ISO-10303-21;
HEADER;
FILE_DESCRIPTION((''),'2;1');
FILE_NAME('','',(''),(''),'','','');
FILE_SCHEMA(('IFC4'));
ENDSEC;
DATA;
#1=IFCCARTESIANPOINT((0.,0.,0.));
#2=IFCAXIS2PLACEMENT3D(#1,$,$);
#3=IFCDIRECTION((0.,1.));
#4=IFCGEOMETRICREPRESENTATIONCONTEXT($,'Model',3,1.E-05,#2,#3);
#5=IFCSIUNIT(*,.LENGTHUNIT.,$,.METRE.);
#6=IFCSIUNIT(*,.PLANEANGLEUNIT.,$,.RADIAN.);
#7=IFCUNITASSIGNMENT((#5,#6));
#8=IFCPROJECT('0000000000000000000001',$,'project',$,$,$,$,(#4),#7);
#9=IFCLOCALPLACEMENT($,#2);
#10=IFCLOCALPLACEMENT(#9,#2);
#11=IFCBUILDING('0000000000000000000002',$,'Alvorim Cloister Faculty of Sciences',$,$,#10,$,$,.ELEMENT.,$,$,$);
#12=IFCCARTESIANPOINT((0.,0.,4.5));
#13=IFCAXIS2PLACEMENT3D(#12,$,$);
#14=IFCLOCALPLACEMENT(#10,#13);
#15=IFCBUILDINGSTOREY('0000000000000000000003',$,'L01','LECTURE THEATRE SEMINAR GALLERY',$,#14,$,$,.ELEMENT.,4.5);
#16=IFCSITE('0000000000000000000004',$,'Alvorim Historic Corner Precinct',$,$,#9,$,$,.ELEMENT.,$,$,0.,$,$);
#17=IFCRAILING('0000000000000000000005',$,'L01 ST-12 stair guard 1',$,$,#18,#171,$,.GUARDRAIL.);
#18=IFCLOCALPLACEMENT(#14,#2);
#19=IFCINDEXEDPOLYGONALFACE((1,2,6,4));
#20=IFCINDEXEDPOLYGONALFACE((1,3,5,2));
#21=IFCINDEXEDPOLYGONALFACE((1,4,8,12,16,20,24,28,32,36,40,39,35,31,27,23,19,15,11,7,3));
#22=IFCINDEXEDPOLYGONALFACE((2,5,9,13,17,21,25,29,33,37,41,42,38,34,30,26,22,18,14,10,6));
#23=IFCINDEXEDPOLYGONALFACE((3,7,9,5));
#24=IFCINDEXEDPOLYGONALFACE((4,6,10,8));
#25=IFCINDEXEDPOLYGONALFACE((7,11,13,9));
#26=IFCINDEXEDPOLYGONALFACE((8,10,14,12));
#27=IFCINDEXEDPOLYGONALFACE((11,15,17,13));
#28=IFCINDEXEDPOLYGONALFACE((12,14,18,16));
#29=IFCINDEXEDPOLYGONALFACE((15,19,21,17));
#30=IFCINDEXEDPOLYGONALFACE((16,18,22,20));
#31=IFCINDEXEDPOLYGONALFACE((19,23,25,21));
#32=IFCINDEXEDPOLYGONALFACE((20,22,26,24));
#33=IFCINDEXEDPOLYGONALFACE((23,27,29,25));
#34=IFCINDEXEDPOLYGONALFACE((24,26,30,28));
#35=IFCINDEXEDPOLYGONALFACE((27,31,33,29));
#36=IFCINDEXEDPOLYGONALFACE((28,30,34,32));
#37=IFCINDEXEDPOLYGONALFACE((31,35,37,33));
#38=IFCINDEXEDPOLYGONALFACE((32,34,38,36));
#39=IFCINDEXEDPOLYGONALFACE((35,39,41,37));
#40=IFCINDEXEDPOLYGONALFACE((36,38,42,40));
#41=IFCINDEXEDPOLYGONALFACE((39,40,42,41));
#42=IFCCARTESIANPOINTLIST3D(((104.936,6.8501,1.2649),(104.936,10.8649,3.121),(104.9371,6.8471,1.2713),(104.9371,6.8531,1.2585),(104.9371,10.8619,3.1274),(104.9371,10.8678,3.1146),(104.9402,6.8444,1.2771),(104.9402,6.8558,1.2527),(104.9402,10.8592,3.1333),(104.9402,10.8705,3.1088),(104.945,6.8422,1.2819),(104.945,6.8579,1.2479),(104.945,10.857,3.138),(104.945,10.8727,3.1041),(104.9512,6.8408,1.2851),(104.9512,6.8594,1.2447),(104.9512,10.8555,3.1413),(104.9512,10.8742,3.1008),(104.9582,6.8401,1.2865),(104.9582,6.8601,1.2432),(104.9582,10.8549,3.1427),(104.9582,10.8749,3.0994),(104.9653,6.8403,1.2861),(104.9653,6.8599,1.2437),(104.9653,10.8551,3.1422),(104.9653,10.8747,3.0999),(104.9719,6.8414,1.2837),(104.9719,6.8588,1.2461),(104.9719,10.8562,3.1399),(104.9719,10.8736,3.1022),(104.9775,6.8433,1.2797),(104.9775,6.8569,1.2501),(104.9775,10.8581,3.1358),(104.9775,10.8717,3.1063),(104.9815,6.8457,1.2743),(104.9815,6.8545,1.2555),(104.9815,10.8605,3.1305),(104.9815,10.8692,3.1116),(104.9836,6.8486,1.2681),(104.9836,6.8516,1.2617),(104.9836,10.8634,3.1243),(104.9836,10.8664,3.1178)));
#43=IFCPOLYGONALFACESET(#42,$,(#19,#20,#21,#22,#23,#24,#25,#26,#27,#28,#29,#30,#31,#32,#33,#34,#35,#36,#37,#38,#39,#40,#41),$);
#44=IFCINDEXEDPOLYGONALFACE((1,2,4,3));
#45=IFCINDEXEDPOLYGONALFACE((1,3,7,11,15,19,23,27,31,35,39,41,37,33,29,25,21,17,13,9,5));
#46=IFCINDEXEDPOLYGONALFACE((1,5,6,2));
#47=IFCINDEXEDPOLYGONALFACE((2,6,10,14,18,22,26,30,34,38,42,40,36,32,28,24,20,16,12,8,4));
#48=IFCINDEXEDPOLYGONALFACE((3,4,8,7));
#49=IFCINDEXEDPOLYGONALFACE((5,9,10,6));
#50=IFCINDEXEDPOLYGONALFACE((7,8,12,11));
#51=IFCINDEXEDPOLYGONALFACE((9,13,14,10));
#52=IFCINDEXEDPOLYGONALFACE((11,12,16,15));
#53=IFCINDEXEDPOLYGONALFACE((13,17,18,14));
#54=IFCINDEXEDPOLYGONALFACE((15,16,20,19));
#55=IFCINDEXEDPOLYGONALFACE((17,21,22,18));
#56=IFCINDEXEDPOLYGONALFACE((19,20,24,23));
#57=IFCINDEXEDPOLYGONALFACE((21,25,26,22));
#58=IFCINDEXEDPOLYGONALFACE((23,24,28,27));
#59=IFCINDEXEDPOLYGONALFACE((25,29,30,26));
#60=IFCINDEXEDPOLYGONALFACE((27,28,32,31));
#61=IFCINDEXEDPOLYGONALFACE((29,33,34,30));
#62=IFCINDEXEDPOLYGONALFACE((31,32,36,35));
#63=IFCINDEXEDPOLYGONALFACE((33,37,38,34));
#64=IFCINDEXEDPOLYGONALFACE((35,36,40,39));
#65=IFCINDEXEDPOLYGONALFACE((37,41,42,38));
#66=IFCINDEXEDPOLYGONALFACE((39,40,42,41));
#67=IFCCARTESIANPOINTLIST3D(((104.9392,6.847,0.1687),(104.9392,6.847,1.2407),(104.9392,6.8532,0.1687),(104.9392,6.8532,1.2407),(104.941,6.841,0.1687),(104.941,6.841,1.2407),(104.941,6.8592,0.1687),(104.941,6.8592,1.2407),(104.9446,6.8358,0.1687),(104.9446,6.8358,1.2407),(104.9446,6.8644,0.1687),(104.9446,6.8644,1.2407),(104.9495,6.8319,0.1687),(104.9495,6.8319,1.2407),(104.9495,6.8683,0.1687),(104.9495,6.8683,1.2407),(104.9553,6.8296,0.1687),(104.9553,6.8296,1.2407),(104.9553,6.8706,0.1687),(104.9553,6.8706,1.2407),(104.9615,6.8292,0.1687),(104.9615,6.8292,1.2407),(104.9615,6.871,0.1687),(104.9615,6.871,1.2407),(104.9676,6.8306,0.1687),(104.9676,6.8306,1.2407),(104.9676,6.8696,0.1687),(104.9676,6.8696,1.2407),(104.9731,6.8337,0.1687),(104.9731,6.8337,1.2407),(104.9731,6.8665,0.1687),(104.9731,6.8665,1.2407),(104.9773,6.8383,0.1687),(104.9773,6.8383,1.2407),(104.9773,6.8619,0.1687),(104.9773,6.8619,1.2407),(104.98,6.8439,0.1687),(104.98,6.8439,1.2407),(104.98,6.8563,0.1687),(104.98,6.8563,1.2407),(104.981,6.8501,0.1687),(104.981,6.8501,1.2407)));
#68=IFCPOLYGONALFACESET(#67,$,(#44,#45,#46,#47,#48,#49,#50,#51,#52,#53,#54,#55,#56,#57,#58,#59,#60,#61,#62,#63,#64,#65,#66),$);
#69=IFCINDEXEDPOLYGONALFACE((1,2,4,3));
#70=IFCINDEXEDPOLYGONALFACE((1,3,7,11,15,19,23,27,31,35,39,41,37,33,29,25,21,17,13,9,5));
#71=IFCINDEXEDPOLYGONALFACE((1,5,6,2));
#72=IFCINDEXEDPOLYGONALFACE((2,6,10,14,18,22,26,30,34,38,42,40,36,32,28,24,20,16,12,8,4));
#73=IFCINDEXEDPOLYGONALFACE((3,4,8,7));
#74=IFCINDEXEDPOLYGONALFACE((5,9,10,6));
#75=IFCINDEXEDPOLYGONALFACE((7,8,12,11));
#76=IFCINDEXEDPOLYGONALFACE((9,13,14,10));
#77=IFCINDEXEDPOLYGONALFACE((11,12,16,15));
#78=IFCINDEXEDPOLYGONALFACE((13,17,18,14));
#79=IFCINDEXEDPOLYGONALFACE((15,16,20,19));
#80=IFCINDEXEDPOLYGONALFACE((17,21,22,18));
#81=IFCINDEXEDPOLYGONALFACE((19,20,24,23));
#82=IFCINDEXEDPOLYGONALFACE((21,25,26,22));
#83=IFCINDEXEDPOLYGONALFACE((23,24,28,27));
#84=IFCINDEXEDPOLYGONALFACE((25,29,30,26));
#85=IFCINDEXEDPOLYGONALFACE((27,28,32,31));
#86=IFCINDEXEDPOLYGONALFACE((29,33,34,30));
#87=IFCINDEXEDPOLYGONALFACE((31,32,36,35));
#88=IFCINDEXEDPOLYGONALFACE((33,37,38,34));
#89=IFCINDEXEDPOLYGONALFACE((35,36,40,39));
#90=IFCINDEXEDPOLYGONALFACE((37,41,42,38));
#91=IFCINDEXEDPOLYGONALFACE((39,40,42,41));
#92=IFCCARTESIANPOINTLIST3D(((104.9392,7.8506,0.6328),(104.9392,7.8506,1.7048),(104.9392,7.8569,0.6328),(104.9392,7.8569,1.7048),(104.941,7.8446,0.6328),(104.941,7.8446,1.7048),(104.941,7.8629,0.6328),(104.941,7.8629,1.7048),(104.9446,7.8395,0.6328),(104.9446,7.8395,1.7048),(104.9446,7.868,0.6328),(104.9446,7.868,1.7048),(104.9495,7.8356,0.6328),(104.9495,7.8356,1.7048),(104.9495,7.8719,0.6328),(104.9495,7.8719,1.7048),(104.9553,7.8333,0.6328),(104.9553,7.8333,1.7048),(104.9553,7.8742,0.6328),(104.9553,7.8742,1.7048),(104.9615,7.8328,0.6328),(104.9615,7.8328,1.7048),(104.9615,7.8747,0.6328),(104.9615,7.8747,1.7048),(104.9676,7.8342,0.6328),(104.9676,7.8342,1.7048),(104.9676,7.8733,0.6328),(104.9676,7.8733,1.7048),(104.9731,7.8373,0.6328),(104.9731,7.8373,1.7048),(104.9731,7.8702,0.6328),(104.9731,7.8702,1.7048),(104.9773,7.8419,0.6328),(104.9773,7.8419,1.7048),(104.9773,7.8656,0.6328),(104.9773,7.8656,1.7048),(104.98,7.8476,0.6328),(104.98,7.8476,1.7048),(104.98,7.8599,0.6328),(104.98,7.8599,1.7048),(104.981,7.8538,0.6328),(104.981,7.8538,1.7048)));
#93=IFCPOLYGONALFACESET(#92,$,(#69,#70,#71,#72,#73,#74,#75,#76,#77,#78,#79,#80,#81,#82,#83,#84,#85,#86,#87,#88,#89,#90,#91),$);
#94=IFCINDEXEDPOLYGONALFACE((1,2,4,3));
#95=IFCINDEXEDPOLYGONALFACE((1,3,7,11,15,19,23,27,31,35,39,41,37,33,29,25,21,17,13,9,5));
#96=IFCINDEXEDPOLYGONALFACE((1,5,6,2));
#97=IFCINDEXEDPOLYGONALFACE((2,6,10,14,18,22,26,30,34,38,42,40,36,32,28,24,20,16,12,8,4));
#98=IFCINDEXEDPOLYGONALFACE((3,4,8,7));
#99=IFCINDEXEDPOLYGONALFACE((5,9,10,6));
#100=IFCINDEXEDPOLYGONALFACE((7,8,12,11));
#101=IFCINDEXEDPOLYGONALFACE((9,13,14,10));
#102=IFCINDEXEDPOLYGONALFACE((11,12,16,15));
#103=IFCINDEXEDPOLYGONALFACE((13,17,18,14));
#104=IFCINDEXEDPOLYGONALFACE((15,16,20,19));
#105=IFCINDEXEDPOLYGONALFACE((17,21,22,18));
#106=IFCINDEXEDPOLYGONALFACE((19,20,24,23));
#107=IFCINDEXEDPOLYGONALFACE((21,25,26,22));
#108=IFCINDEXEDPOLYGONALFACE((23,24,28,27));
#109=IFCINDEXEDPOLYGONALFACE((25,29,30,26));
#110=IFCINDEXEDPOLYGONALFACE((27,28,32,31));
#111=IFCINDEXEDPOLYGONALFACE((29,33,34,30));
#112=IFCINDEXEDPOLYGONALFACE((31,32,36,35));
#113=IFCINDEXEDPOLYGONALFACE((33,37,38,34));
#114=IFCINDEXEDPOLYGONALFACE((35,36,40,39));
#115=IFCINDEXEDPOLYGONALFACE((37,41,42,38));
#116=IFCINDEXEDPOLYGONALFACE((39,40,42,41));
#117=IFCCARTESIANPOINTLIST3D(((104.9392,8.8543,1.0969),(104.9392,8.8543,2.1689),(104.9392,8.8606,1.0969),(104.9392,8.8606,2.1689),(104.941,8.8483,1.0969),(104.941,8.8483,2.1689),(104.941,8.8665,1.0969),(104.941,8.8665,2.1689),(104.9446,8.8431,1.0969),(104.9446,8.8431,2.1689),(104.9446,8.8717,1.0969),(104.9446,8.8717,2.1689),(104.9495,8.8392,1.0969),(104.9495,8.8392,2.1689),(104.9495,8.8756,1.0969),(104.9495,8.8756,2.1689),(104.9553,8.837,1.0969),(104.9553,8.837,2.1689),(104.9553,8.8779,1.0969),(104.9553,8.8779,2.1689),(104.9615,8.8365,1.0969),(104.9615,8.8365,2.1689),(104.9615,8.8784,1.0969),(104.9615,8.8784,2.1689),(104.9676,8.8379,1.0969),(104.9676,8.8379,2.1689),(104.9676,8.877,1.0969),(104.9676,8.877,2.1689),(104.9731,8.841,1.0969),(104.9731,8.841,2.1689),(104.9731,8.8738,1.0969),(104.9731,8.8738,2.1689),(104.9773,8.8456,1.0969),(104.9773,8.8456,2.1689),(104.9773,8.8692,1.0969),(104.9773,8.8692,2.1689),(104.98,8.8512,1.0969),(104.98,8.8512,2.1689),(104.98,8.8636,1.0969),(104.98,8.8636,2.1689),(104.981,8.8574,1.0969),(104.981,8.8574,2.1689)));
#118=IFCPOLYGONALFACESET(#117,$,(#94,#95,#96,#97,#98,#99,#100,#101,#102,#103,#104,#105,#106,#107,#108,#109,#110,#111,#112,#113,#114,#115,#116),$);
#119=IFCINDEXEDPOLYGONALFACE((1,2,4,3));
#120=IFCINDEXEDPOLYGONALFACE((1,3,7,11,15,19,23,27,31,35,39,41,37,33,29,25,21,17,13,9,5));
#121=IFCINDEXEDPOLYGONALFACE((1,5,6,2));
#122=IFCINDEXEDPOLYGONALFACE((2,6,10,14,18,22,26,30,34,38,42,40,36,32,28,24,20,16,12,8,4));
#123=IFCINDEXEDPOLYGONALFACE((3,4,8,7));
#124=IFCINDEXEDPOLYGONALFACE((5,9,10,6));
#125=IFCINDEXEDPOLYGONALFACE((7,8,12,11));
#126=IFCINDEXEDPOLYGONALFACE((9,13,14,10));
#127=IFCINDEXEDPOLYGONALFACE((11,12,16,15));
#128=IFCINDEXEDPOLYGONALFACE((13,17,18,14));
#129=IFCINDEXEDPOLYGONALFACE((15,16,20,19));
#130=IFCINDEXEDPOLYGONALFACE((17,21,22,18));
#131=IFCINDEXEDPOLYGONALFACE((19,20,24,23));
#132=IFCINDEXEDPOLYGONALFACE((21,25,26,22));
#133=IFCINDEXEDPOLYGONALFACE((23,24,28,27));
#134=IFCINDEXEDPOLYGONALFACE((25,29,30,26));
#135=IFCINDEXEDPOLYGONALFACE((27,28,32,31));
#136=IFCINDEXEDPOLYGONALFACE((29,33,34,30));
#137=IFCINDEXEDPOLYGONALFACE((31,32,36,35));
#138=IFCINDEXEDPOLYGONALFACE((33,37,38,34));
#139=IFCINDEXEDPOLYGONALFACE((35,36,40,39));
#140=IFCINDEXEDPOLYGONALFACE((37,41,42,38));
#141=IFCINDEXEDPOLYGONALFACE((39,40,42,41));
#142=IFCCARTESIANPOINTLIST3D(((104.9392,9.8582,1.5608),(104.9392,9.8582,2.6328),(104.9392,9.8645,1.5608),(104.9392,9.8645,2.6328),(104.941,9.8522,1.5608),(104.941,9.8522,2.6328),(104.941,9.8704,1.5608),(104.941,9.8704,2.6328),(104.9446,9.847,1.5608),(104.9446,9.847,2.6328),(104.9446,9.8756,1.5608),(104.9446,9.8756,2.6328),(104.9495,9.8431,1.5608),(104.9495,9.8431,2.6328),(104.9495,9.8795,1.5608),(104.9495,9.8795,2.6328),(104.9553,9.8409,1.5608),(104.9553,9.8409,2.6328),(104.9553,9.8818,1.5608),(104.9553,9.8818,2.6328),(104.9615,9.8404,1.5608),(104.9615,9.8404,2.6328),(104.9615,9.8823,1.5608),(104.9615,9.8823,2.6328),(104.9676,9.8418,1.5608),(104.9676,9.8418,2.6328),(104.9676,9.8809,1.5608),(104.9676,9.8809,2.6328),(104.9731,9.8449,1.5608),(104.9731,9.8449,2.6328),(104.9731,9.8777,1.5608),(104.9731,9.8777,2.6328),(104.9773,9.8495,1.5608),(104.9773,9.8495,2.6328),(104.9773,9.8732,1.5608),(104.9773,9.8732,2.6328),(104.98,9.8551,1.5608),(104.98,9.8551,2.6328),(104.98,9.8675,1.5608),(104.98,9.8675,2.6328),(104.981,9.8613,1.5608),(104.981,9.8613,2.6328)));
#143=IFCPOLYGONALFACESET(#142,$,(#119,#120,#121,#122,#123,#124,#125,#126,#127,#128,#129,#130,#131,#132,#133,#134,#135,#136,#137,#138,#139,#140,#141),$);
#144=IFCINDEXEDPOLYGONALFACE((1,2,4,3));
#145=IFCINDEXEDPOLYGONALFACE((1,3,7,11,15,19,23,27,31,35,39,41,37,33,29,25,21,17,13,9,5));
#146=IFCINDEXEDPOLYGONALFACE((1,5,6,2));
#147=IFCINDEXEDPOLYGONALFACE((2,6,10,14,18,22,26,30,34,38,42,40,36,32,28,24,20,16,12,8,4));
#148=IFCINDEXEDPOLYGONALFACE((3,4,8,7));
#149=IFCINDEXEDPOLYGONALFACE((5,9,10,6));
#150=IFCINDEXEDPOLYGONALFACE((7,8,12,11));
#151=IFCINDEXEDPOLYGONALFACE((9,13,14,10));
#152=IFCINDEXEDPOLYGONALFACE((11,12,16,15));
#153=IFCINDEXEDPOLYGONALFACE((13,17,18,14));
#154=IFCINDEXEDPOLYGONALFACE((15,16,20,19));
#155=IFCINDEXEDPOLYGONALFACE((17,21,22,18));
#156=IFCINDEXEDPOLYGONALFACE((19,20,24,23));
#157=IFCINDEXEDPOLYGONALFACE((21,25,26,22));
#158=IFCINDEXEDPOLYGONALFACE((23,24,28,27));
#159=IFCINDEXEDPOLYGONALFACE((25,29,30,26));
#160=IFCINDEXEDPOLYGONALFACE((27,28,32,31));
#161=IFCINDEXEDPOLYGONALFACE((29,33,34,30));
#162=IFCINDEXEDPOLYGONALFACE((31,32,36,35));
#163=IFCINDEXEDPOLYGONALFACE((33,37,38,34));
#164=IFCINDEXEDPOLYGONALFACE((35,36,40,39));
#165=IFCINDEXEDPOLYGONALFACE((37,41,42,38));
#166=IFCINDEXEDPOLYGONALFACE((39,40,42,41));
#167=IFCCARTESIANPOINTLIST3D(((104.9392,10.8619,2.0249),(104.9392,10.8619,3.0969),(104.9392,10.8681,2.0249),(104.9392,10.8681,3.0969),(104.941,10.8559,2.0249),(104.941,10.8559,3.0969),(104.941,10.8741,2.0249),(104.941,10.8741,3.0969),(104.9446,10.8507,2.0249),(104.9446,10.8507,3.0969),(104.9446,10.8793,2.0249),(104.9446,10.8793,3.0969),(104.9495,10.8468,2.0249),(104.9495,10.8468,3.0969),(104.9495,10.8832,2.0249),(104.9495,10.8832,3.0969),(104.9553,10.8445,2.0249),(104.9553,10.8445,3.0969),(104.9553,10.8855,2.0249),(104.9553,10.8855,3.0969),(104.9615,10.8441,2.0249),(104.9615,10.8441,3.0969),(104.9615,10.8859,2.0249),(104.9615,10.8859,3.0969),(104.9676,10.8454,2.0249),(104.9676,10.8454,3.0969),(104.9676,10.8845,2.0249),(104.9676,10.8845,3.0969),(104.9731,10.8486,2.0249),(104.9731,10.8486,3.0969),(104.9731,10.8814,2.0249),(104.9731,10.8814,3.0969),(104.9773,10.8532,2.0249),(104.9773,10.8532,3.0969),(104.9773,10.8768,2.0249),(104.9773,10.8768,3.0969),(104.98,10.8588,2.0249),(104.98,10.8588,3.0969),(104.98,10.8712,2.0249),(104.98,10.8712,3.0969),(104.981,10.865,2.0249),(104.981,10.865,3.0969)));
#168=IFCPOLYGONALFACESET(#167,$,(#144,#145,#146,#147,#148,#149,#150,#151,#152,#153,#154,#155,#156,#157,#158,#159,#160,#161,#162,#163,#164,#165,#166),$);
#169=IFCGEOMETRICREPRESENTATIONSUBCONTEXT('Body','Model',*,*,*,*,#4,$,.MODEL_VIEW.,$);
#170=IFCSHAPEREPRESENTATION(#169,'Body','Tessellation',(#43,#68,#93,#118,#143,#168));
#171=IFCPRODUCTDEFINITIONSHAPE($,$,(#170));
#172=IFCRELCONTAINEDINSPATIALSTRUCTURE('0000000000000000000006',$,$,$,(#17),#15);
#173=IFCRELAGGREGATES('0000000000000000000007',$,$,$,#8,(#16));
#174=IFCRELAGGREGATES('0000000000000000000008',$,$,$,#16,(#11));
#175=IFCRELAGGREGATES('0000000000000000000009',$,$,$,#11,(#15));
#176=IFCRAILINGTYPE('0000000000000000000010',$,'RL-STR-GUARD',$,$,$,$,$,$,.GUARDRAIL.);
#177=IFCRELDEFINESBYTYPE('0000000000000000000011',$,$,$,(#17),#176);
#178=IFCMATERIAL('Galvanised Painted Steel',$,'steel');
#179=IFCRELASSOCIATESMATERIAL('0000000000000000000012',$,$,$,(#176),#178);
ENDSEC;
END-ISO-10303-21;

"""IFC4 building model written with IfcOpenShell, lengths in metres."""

from ifc_helpers import new_model, si_unit, direction, frame, origin, origin_2d, place, context, subcontext, project, spatial, circle, extrude, material, type_object, element, save


model = new_model("IFC4")

# Units and contexts
model_context = context("Model", 3, precision=1e-05, world=origin(), true_north=direction((0.0, 1.0)))
body_context = subcontext(model_context, "Body", "Model", "MODEL_VIEW")
ifc_project = project(units=[si_unit("LENGTHUNIT", "METRE"), si_unit("PLANEANGLEUNIT", "RADIAN")], contexts=[model_context])

# Site, building, storey
site_placement = place(None, origin())
site = spatial("IfcSite", under=ifc_project, at=site_placement, Name="Alvorim Historic Corner Precinct", CompositionType="ELEMENT", RefElevation=0.0)
building_placement = place(site_placement, origin())
building = spatial("IfcBuilding", under=site, at=building_placement, Name="Alvorim Cloister Faculty of Sciences", CompositionType="ELEMENT")
storey_placement = place(building_placement, frame((0.0, 0.0, 4.5)))
storey = spatial("IfcBuildingStorey", under=building, at=storey_placement, Name="L01", Description="LECTURE THEATRE SEMINAR GALLERY", CompositionType="ELEMENT", Elevation=4.5)

# Railing
ifc_material_1 = material(Name="Galvanised Painted Steel", Category="steel")
railing_type_1 = type_object("IfcRailingType", Name="RL-STR-GUARD", PredefinedType="GUARDRAIL", material=ifc_material_1)
railing_1_placement = place(storey_placement, frame((104.96, 6.8501, 0.1687)))
element("IfcRailing", 1, at=railing_1_placement, inside=storey, type_object=railing_type_1, Name="L01 ST-12 stair guard 1", PredefinedType="GUARDRAIL", context=body_context, shape_type="SweptSolid", body=[
    extrude(circle(Radius=0.0239, at=origin_2d()), frame((0.0, 0.0, 1.0962), z_axis=(0.0, 0.907686, 0.41965), x_axis=(-1.0, 0.0, 0.0)), (0.0, 0.0, 1.0), 4.4231),
    extrude(circle(Radius=0.021, at=origin_2d()), origin(), (0.0, 0.0, 1.0), 1.072),
    extrude(circle(Radius=0.021, at=origin_2d()), frame((0.0, 1.0037, 0.4641)), (0.0, 0.0, 1.0), 1.072),
    extrude(circle(Radius=0.021, at=origin_2d()), frame((0.0, 2.0073, 0.9282)), (0.0, 0.0, 1.0), 1.072),
    extrude(circle(Radius=0.021, at=origin_2d()), frame((0.0, 3.0112, 1.3921)), (0.0, 0.0, 1.0), 1.072),
    extrude(circle(Radius=0.021, at=origin_2d()), frame((0.0, 4.0149, 1.8562)), (0.0, 0.0, 1.0), 1.072),
])

save(model, "model.ifc")
